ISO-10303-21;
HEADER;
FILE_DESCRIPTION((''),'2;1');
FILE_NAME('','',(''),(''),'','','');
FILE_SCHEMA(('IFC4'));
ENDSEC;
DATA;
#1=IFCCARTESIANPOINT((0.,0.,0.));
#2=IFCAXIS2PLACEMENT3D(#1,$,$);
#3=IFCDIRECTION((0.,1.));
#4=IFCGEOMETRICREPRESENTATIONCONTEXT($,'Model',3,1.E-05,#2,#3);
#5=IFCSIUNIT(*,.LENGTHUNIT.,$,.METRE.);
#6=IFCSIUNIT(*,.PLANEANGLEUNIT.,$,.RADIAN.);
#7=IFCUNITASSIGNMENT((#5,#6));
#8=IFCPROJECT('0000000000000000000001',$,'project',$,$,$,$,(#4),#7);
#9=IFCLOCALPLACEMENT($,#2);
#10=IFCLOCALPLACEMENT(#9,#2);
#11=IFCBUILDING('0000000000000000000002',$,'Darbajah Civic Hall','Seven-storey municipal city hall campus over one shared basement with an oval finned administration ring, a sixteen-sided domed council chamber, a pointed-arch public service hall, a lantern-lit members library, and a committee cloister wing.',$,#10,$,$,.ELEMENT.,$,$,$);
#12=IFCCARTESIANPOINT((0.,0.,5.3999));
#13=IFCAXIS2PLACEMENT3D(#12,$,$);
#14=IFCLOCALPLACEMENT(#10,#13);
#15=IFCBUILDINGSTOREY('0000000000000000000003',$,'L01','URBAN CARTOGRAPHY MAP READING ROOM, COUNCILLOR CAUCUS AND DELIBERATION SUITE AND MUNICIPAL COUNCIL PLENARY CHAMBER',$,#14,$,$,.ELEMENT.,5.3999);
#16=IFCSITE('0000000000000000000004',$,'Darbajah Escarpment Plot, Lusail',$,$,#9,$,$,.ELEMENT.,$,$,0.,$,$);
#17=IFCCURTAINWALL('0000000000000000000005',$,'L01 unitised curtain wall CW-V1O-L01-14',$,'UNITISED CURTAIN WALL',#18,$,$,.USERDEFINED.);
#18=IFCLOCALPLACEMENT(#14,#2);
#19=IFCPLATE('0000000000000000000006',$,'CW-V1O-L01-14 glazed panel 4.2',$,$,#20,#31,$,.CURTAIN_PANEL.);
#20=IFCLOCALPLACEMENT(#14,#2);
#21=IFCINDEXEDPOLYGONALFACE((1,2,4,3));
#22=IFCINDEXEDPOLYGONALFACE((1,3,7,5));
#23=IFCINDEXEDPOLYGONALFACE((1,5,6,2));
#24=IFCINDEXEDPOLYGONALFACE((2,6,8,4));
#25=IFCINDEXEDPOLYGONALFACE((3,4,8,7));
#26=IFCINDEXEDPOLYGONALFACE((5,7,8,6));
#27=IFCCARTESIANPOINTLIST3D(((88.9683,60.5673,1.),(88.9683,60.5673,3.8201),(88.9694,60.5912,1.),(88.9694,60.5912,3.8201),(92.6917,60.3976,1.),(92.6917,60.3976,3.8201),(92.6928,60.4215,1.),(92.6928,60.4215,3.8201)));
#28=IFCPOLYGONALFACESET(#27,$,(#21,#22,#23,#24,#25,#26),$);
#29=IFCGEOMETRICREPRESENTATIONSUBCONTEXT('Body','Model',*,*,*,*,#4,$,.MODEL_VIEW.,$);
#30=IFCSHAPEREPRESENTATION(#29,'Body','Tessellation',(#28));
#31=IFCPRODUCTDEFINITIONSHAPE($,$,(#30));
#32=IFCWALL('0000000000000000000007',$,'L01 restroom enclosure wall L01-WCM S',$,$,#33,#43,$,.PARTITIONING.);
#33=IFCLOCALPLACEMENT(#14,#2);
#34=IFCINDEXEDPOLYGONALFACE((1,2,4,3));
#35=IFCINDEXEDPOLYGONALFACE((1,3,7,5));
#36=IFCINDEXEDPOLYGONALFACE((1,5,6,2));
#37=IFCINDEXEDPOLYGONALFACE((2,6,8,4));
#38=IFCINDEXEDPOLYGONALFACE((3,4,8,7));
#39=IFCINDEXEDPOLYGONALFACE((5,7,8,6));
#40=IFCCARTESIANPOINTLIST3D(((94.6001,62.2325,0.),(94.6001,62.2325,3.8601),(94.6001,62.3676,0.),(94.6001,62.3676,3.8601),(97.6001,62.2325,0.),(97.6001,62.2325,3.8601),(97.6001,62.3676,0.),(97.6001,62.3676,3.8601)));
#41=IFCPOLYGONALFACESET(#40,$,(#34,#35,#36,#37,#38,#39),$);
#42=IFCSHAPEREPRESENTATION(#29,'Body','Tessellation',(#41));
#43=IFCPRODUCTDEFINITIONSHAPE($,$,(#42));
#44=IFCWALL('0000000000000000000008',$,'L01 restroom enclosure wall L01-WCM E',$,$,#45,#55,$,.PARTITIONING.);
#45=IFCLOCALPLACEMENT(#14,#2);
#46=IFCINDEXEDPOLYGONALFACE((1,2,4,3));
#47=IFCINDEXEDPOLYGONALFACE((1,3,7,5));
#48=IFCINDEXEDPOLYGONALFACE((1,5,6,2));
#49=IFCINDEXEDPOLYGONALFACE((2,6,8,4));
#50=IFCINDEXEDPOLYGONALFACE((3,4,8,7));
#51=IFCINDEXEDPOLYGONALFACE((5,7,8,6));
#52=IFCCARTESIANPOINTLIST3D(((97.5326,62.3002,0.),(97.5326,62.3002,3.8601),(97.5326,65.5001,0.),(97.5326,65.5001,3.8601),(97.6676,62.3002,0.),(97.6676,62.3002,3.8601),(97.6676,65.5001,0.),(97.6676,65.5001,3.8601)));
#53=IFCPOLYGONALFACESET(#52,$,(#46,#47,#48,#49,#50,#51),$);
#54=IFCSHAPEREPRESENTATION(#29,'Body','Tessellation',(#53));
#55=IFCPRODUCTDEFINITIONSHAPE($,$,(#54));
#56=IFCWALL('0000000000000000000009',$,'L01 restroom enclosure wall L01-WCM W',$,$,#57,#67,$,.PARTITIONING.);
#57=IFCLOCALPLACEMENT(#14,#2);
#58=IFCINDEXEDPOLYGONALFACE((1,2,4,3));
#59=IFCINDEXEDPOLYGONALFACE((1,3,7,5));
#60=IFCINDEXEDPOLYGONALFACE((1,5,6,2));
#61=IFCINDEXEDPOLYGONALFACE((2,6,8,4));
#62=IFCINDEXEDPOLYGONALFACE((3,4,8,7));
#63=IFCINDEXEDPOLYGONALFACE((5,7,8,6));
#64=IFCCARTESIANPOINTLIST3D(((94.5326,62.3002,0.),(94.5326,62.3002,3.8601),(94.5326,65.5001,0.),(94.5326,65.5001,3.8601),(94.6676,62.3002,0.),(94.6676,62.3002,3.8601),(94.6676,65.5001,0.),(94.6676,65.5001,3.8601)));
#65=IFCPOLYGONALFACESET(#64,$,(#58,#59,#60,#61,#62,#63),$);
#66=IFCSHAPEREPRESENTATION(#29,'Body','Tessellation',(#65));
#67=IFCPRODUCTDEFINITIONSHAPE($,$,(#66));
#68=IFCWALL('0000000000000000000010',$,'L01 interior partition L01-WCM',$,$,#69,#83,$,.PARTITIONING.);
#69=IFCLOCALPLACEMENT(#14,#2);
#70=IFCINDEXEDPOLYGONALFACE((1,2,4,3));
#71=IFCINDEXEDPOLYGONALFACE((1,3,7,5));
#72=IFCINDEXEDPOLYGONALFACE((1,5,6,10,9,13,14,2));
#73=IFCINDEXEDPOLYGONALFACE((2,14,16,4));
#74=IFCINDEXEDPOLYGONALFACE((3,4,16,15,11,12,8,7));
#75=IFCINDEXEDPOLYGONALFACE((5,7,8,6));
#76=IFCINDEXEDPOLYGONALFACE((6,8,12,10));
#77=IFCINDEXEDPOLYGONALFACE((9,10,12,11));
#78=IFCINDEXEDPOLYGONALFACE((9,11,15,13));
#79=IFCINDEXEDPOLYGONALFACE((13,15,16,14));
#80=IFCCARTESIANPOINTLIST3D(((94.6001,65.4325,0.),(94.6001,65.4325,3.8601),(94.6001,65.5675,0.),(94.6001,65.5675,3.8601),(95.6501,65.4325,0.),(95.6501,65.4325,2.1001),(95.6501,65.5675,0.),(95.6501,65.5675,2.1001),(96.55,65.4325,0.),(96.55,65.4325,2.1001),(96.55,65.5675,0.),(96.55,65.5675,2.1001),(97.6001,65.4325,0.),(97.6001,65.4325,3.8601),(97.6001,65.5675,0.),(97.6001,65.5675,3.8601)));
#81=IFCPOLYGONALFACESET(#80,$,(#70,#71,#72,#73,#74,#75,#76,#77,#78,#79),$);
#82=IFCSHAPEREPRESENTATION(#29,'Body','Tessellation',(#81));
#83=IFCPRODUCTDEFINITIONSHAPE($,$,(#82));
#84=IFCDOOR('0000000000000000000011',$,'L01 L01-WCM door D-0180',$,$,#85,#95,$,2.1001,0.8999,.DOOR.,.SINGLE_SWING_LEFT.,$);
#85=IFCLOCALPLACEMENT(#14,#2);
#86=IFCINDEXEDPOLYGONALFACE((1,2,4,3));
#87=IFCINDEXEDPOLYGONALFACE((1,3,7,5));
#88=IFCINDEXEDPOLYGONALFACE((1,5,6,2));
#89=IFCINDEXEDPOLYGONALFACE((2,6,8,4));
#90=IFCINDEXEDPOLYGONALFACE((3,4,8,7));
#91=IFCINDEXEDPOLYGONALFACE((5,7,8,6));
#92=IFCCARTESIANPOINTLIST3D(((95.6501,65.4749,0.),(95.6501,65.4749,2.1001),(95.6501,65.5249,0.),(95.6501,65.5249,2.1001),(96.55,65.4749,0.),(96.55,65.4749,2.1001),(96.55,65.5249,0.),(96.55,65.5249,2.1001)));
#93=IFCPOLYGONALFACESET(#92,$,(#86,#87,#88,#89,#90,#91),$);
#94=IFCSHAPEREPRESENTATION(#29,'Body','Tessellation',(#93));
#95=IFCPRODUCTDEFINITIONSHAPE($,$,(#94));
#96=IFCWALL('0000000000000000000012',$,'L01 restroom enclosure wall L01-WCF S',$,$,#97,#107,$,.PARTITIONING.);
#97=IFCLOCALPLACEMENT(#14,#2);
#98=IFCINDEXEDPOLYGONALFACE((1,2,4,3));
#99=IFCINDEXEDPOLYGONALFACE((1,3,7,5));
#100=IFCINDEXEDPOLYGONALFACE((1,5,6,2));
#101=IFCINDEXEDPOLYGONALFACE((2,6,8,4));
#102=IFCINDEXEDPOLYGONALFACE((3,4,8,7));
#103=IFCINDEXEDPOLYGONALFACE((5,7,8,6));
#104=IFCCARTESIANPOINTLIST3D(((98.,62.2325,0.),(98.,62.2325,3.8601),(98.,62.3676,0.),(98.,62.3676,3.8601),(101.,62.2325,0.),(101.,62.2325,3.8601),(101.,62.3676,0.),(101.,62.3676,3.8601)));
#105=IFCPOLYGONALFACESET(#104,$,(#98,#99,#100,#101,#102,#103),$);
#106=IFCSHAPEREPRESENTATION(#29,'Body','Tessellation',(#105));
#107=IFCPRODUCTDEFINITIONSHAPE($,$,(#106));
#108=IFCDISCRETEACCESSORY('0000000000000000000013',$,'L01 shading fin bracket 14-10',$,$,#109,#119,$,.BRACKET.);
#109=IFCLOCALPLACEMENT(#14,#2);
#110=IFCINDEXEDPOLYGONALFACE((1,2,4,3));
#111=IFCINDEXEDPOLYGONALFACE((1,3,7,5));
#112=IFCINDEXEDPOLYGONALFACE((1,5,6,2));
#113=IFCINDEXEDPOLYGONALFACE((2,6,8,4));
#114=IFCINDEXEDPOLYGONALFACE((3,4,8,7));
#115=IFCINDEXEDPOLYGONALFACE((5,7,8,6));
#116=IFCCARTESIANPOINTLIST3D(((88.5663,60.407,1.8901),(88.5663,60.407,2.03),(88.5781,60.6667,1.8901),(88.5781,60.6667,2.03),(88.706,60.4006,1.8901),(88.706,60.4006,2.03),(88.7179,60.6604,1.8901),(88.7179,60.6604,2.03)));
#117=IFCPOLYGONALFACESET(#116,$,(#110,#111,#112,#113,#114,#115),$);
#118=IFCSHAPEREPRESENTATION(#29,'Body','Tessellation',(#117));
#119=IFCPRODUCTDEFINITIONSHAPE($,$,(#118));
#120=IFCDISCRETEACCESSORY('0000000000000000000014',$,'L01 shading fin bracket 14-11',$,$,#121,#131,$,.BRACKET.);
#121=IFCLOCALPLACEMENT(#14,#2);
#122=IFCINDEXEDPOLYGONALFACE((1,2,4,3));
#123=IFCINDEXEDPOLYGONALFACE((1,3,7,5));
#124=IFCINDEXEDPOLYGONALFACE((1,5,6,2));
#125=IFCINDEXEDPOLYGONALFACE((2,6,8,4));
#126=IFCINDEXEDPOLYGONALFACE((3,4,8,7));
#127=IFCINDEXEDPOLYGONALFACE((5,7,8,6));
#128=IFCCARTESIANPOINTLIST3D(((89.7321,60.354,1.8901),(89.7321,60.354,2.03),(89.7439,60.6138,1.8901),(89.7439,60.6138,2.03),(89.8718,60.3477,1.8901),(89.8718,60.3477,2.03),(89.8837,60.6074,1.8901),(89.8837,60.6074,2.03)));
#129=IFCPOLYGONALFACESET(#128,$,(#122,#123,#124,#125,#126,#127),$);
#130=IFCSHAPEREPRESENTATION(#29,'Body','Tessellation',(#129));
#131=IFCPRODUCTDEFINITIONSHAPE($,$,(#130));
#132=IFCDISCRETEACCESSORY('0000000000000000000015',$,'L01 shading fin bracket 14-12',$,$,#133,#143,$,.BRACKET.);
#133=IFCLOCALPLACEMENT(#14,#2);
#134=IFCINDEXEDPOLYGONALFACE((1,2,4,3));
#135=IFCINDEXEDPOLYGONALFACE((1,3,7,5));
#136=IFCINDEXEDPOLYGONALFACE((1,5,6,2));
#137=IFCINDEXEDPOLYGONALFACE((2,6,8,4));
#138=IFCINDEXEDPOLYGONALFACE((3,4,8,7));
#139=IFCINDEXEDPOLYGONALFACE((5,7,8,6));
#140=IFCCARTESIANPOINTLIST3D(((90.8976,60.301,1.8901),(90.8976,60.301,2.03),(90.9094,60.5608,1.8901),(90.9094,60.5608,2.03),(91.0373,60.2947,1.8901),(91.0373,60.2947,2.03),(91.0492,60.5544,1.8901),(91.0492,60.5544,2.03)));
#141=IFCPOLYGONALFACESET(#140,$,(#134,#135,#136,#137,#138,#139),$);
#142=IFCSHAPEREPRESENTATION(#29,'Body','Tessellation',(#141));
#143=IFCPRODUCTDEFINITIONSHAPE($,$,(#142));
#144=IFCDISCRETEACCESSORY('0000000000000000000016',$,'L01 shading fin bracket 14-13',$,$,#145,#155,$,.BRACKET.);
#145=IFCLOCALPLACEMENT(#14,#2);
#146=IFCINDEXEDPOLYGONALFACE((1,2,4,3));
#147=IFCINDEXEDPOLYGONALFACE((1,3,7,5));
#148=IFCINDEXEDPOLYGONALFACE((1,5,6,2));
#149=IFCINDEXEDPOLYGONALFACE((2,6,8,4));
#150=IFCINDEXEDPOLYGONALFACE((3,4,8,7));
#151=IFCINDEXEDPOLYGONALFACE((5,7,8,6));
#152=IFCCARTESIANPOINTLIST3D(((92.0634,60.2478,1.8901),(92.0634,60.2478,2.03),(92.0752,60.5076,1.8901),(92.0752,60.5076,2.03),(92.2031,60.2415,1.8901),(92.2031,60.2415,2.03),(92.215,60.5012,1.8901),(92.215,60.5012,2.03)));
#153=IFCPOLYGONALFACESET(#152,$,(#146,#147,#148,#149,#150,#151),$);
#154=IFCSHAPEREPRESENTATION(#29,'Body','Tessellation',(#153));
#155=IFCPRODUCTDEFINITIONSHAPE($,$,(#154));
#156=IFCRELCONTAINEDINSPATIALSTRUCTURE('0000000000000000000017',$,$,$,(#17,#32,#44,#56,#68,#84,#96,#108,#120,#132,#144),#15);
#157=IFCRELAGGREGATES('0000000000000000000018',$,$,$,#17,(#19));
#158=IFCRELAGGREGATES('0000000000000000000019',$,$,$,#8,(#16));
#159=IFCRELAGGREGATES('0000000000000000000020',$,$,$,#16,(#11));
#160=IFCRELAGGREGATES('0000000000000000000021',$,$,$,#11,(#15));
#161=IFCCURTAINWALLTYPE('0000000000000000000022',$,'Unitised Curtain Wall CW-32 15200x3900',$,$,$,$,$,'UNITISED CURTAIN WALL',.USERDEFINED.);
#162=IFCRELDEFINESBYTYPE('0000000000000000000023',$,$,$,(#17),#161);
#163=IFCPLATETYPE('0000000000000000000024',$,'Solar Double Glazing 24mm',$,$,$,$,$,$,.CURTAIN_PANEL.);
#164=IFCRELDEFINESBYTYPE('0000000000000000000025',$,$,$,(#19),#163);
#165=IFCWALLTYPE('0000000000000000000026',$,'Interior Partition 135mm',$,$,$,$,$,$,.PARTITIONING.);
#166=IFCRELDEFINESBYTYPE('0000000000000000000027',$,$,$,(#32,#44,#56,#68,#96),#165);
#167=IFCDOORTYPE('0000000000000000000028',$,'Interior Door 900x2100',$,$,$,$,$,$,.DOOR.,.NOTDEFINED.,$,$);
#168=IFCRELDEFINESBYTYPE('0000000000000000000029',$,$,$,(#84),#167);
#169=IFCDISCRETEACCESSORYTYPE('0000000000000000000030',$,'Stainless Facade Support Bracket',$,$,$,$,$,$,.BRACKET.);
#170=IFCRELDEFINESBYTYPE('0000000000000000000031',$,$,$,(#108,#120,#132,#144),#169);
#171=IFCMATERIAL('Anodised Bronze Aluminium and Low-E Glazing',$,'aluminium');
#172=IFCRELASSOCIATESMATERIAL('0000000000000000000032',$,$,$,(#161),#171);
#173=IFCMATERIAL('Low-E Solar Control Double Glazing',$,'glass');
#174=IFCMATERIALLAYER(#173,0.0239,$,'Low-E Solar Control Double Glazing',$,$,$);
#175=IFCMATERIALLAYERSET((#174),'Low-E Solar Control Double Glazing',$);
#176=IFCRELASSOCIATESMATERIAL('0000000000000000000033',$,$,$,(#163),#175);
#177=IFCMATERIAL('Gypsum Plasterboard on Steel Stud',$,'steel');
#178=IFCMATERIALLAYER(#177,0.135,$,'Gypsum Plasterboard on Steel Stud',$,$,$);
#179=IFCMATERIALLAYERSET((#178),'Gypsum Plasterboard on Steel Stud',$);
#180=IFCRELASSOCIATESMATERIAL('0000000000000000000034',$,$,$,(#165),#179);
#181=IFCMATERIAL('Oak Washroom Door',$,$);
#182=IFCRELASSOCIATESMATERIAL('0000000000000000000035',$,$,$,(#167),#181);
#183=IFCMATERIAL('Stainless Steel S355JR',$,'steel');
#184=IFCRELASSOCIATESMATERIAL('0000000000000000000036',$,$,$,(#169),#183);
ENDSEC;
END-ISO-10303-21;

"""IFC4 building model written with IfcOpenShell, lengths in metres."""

from ifc_helpers import new_model, si_unit, direction, frame, frame_2d, origin, origin_2d, place, context, subcontext, project, spatial, rectangle, extrude, material, layer, layer_set, type_object, element, fill, aggregate, save


model = new_model("IFC4")

# Units and contexts
model_context = context("Model", 3, precision=1e-05, world=origin(), true_north=direction((0.0, 1.0)))
body_context = subcontext(model_context, "Body", "Model", "MODEL_VIEW")
ifc_project = project(units=[si_unit("LENGTHUNIT", "METRE"), si_unit("PLANEANGLEUNIT", "RADIAN")], contexts=[model_context])

# Site, building, storey
site_placement = place(None, origin())
site = spatial("IfcSite", under=ifc_project, at=site_placement, Name="Darbajah Escarpment Plot, Lusail", CompositionType="ELEMENT", RefElevation=0.0)
building_placement = place(site_placement, origin())
building = spatial("IfcBuilding", under=site, at=building_placement, Name="Darbajah Civic Hall", Description="Seven-storey municipal city hall campus over one shared basement with an oval finned administration ring, a sixteen-sided domed council chamber, a pointed-arch public service hall, a lantern-lit members library, and a committee cloister wing.", CompositionType="ELEMENT")
storey_placement = place(building_placement, frame((0.0, 0.0, 5.3999)))
storey = spatial("IfcBuildingStorey", under=building, at=storey_placement, Name="L01", Description="URBAN CARTOGRAPHY MAP READING ROOM, COUNCILLOR CAUCUS AND DELIBERATION SUITE AND MUNICIPAL COUNCIL PLENARY CHAMBER", CompositionType="ELEMENT", Elevation=5.3999)

# Curtain wall
ifc_material_1 = material(Name="Anodised Bronze Aluminium and Low-E Glazing", Category="aluminium")
curtain_wall_type = type_object("IfcCurtainWallType", Name="Unitised Curtain Wall CW-32 15200x3900", ElementType="UNITISED CURTAIN WALL", PredefinedType="USERDEFINED", material=ifc_material_1)
curtain_wall_placement = place(storey_placement, origin())
curtain_wall = element("IfcCurtainWall", 1, at=curtain_wall_placement, inside=storey, type_object=curtain_wall_type, Name="L01 unitised curtain wall CW-V1O-L01-14", ObjectType="UNITISED CURTAIN WALL", PredefinedType="USERDEFINED")

# Plate
ifc_material_2 = material(Name="Low-E Solar Control Double Glazing", Category="glass")
ifc_layer_1 = layer(ifc_material_2, 0.0239, Name="Low-E Solar Control Double Glazing")
ifc_layer_set_1 = layer_set([ifc_layer_1], Name="Low-E Solar Control Double Glazing")
plate_type = type_object("IfcPlateType", Name="Solar Double Glazing 24mm", PredefinedType="CURTAIN_PANEL", material=ifc_layer_set_1)
plate_1_placement = place(storey_placement, frame((90.8306, 60.4944, 1.0), z_axis=(0.0, 0.0, 1.0), x_axis=(0.998963, -0.045537, 0.0)))
plate_1 = element("IfcPlate", 2, at=plate_1_placement, type_object=plate_type, Name="CW-V1O-L01-14 glazed panel 4.2", PredefinedType="CURTAIN_PANEL", context=body_context, shape_type="SweptSolid", body=[
    extrude(rectangle(XDim=3.7273, YDim=0.0239, at=origin_2d()), origin(), (0.0, 0.0, 1.0), 2.8201),
])
aggregate(curtain_wall, [plate_1])

# Walls
ifc_material_3 = material(Name="Gypsum Plasterboard on Steel Stud", Category="steel")
ifc_layer_2 = layer(ifc_material_3, 0.135, Name="Gypsum Plasterboard on Steel Stud")
ifc_layer_set_2 = layer_set([ifc_layer_2], Name="Gypsum Plasterboard on Steel Stud")
wall_type = type_object("IfcWallType", Name="Interior Partition 135mm", PredefinedType="PARTITIONING", material=ifc_layer_set_2)
wall_1_placement = place(storey_placement, frame((94.6001, 62.3, 0.0), z_axis=(0.0, 0.0, 1.0), x_axis=(1.0, 0.0, 0.0)))
element("IfcWall", 3, at=wall_1_placement, inside=storey, type_object=wall_type, Name="L01 restroom enclosure wall L01-WCM S", PredefinedType="PARTITIONING", context=body_context, shape_type="SweptSolid", body=[
    extrude(rectangle(XDim=3.0, YDim=0.135, at=frame_2d((1.5, 0.0))), origin(), (0.0, 0.0, 1.0), 3.8601),
])
for number, where, z_axis, x_axis, name in (
    (4, (97.6001, 62.3, 0.0), (0.0, 0.0, 1.0), (0.0, 1.0, 0.0), "L01 restroom enclosure wall L01-WCM E"),
    (5, (94.6001, 62.3, 0.0), (0.0, 0.0, 1.0), (0.0, 1.0, 0.0), "L01 restroom enclosure wall L01-WCM W"),
):
    element("IfcWall", number, at=place(storey_placement, frame(where, z_axis=z_axis, x_axis=x_axis)), inside=storey, type_object=wall_type, Name=name, PredefinedType="PARTITIONING", context=body_context, shape_type="SweptSolid", body=[
        extrude(rectangle(XDim=3.2, YDim=0.135, at=frame_2d((1.6001, 0.0))), origin(), (0.0, 0.0, 1.0), 3.8601),
    ])

# Wall, opening, door
wall_2_placement = place(storey_placement, frame((94.6001, 65.5, 0.0), z_axis=(0.0, 0.0, 1.0), x_axis=(1.0, 0.0, 0.0)))
wall_2 = element("IfcWall", 6, at=wall_2_placement, inside=storey, type_object=wall_type, Name="L01 interior partition L01-WCM", PredefinedType="PARTITIONING", context=body_context, shape_type="SweptSolid", body=[
    extrude(rectangle(XDim=3.0, YDim=0.135, at=frame_2d((1.5, 0.0))), origin(), (0.0, 0.0, 1.0), 3.8601),
])
opening_placement = place(wall_2_placement, frame((1.05, 0.0, 0.0)))
opening = element("IfcOpeningElement", 7, at=opening_placement, cuts=wall_2, PredefinedType="OPENING", context=body_context, shape_type="SweptSolid", body=[
    extrude(rectangle(XDim=0.8999, YDim=2.1001, at=frame_2d((0.45, 1.05))), frame((0.0, 0.0774, 0.0), z_axis=(0.0, -1.0, 0.0), x_axis=(1.0, 0.0, 0.0)), (0.0, 0.0, 1.0), 0.155),
])
ifc_material_4 = material(Name="Oak Washroom Door")
door_type = type_object("IfcDoorType", Name="Interior Door 900x2100", OperationType="NOTDEFINED", PredefinedType="DOOR", material=ifc_material_4)
door_placement = place(opening_placement, origin())
door = element("IfcDoor", 8, at=door_placement, inside=storey, type_object=door_type, Name="L01 L01-WCM door D-0180", OperationType="SINGLE_SWING_LEFT", OverallHeight=2.1001, OverallWidth=0.8999, PredefinedType="DOOR", context=body_context, shape_type="SweptSolid", body=[
    extrude(rectangle(XDim=0.8999, YDim=2.1001, at=frame_2d((0.45, 1.05))), frame((0.0, 0.0249, 0.0), z_axis=(0.0, -1.0, 0.0), x_axis=(1.0, 0.0, 0.0)), (0.0, 0.0, 1.0), 0.05),
])
fill(opening, door)

# Wall
wall_3_placement = place(storey_placement, frame((98.0, 62.3, 0.0), z_axis=(0.0, 0.0, 1.0), x_axis=(1.0, 0.0, 0.0)))
element("IfcWall", 9, at=wall_3_placement, inside=storey, type_object=wall_type, Name="L01 restroom enclosure wall L01-WCF S", PredefinedType="PARTITIONING", context=body_context, shape_type="SweptSolid", body=[
    extrude(rectangle(XDim=3.0, YDim=0.135, at=frame_2d((1.5, 0.0))), origin(), (0.0, 0.0, 1.0), 3.8601),
])

# Discrete accessories
ifc_material_5 = material(Name="Stainless Steel S355JR", Category="steel")
discrete_accessory_type = type_object("IfcDiscreteAccessoryType", Name="Stainless Facade Support Bracket", PredefinedType="BRACKET", material=ifc_material_5)
for number, where, z_axis, x_axis, name in (
    (10, (88.6421, 60.5337, 1.8901), (0.0, 0.0, 1.0), (-0.045537, -0.998963, 0.0), "L01 shading fin bracket 14-10"),
    (11, (89.8079, 60.4807, 1.8901), (0.0, 0.0, 1.0), (-0.045537, -0.998963, 0.0), "L01 shading fin bracket 14-11"),
    (12, (90.9734, 60.4277, 1.8901), (0.0, 0.0, 1.0), (-0.045537, -0.998963, 0.0), "L01 shading fin bracket 14-12"),
    (13, (92.1392, 60.3745, 1.8901), (0.0, 0.0, 1.0), (-0.045537, -0.998963, 0.0), "L01 shading fin bracket 14-13"),
):
    element("IfcDiscreteAccessory", number, at=place(storey_placement, frame(where, z_axis=z_axis, x_axis=x_axis)), inside=storey, type_object=discrete_accessory_type, Name=name, PredefinedType="BRACKET", context=body_context, shape_type="SweptSolid", body=[
        extrude(rectangle(XDim=0.26, YDim=0.1399, at=origin_2d()), origin(), (0.0, 0.0, 1.0), 0.1399),
    ])

save(model, "model.ifc")
